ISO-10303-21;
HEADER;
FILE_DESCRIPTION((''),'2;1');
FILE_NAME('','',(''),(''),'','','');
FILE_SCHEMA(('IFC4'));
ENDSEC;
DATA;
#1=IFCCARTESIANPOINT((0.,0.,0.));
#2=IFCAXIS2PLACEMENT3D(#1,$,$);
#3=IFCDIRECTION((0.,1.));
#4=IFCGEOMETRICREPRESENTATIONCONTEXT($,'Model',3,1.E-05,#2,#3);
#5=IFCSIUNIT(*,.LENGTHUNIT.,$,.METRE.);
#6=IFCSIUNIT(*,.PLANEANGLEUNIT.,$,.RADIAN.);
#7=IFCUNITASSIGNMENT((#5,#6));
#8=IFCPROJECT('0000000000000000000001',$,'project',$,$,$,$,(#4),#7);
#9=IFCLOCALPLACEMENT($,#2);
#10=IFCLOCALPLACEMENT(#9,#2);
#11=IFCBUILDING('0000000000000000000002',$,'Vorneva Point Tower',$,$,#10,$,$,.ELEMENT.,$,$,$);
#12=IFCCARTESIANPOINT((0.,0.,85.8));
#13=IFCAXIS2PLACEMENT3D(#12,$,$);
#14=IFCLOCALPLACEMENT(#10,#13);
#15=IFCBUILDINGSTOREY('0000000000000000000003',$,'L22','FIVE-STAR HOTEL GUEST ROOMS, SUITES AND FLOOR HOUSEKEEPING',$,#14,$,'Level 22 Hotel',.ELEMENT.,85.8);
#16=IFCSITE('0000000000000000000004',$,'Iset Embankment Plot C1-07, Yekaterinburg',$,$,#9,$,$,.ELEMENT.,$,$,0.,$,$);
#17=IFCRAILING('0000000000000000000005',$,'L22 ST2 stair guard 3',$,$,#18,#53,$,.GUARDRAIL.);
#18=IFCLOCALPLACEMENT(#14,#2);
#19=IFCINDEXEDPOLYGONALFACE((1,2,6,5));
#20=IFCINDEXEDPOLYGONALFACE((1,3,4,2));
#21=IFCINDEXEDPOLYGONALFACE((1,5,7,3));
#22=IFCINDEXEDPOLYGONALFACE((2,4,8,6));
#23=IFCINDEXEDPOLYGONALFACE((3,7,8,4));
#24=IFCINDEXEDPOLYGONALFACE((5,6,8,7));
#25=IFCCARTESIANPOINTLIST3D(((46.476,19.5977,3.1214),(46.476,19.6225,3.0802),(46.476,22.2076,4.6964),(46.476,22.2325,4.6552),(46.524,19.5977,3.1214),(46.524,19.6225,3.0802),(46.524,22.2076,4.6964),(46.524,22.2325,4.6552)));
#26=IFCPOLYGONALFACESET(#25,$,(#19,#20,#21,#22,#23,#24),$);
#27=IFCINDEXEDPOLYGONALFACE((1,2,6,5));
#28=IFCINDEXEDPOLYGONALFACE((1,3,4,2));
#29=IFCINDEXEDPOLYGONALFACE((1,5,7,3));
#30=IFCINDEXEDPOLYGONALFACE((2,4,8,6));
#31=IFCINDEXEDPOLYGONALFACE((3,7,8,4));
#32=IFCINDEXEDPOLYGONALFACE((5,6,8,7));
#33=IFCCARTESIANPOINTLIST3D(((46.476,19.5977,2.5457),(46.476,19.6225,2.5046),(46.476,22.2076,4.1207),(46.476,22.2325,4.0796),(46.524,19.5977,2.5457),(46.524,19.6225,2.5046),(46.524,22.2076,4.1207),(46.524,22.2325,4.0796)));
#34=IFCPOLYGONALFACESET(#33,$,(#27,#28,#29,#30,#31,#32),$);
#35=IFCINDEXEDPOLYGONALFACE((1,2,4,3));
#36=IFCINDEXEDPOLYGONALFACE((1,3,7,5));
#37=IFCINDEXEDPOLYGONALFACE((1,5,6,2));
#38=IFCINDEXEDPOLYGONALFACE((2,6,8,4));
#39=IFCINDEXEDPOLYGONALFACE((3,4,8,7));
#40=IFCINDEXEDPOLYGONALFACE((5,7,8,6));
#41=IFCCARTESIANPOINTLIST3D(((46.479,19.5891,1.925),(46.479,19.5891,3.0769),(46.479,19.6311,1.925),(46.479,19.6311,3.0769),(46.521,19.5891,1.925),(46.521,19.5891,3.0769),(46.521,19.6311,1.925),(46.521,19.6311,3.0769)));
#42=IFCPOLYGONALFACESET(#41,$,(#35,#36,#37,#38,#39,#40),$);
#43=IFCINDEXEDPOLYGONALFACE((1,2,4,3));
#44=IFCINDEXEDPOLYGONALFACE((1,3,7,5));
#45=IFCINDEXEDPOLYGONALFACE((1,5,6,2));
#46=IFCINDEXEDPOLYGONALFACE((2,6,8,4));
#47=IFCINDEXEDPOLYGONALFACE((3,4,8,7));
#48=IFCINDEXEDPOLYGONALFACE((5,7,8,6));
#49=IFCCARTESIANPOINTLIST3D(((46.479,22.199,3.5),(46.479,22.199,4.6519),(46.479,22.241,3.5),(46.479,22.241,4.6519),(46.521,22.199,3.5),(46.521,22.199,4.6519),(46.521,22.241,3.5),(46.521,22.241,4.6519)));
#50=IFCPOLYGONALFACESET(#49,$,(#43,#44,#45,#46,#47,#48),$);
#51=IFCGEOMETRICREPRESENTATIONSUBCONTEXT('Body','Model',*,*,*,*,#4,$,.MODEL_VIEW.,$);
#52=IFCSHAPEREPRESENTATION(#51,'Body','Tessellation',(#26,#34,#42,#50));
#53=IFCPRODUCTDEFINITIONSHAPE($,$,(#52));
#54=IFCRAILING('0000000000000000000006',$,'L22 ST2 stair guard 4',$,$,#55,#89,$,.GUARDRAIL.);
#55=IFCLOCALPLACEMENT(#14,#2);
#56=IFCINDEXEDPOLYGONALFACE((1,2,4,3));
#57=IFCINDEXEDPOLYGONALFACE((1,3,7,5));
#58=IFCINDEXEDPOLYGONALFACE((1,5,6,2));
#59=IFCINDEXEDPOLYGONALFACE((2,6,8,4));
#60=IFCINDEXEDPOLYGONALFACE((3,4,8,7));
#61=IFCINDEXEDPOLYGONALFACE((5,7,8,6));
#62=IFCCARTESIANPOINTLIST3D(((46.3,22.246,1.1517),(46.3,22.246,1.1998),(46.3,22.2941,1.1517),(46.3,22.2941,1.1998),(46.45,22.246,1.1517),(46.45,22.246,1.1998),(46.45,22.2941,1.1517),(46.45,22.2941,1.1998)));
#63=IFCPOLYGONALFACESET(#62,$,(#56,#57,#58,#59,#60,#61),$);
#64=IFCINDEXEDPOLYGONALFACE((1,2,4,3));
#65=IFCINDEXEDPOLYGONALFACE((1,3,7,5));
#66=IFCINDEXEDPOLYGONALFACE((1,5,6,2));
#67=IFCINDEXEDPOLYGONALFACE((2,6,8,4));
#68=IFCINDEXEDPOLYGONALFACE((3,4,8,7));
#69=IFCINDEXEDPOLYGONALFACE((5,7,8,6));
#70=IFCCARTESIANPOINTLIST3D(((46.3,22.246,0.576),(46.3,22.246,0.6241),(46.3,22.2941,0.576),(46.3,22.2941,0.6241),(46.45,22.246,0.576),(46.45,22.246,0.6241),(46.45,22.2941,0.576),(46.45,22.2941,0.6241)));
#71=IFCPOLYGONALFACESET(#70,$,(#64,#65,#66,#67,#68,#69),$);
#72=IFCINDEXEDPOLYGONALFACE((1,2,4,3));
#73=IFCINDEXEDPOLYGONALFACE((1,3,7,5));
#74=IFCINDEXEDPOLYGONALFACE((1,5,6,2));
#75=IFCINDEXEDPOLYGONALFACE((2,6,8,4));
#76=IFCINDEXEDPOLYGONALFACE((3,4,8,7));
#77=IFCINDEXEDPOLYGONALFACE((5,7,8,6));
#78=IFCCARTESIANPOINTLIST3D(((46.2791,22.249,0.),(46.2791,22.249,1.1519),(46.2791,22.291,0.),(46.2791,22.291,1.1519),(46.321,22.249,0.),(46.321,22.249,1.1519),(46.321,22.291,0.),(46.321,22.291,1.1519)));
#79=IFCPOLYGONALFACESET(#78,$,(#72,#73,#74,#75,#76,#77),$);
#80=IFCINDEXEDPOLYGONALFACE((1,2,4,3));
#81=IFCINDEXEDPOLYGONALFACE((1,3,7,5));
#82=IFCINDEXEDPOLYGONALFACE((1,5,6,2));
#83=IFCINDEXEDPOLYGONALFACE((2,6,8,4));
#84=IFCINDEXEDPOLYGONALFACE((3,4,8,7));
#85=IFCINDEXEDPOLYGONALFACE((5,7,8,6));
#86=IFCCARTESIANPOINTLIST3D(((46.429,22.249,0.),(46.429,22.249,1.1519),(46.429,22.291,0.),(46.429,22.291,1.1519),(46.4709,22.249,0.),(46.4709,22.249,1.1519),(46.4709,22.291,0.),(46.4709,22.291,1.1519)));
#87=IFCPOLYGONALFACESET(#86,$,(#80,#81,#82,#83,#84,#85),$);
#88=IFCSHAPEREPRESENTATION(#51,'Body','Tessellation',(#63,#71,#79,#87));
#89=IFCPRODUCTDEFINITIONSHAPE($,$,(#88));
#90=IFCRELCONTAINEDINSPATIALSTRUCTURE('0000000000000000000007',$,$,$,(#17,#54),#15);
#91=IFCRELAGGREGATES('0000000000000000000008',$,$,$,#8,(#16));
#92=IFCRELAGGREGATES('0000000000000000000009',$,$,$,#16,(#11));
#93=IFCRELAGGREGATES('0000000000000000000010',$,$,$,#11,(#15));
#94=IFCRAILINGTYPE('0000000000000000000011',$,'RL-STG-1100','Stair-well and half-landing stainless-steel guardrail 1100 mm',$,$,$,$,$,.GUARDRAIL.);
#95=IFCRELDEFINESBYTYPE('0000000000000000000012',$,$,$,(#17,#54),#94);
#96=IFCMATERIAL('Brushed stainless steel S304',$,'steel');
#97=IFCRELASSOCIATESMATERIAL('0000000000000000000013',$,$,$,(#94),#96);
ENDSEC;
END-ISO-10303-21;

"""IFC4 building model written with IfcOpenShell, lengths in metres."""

from ifc_helpers import new_model, si_unit, direction, frame, origin, origin_2d, place, context, subcontext, project, spatial, rectangle, extrude, material, type_object, element, save


model = new_model("IFC4")

# Units and contexts
model_context = context("Model", 3, precision=1e-05, world=origin(), true_north=direction((0.0, 1.0)))
body_context = subcontext(model_context, "Body", "Model", "MODEL_VIEW")
ifc_project = project(units=[si_unit("LENGTHUNIT", "METRE"), si_unit("PLANEANGLEUNIT", "RADIAN")], contexts=[model_context])

# Site, building, storey
site_placement = place(None, origin())
site = spatial("IfcSite", under=ifc_project, at=site_placement, Name="Iset Embankment Plot C1-07, Yekaterinburg", CompositionType="ELEMENT", RefElevation=0.0)
building_placement = place(site_placement, origin())
building = spatial("IfcBuilding", under=site, at=building_placement, Name="Vorneva Point Tower", CompositionType="ELEMENT")
storey_placement = place(building_placement, frame((0.0, 0.0, 85.8)))
storey = spatial("IfcBuildingStorey", under=building, at=storey_placement, Name="L22", Description="FIVE-STAR HOTEL GUEST ROOMS, SUITES AND FLOOR HOUSEKEEPING", LongName="Level 22 Hotel", CompositionType="ELEMENT", Elevation=85.8)

# Shared definitions
ifc_material_1 = material(Name="Brushed stainless steel S304", Category="steel")

# Railings
railing_type_1 = type_object("IfcRailingType", Name="RL-STG-1100", Description="Stair-well and half-landing stainless-steel guardrail 1100 mm", PredefinedType="GUARDRAIL", material=ifc_material_1)
railing_1_placement = place(storey_placement, frame((46.5, 19.6101, 1.925)))
element("IfcRailing", 1, at=railing_1_placement, inside=storey, type_object=railing_type_1, Name="L22 ST2 stair guard 3", PredefinedType="GUARDRAIL", context=body_context, shape_type="SweptSolid", body=[
    extrude(rectangle(XDim=0.0481, YDim=0.0481, at=origin_2d()), frame((0.0, 0.0, 1.1758), z_axis=(0.0, 0.856183, 0.516673), x_axis=(-1.0, 0.0, 0.0)), (0.0, 0.0, 1.0), 3.0483),
    extrude(rectangle(XDim=0.0481, YDim=0.0481, at=origin_2d()), frame((0.0, 0.0, 0.6001), z_axis=(0.0, 0.856183, 0.516673), x_axis=(-1.0, 0.0, 0.0)), (0.0, 0.0, 1.0), 3.0483),
    extrude(rectangle(XDim=0.042, YDim=0.042, at=origin_2d()), origin(), (0.0, 0.0, 1.0), 1.1519),
    extrude(rectangle(XDim=0.042, YDim=0.042, at=origin_2d()), frame((0.0, 2.6099, 1.575)), (0.0, 0.0, 1.0), 1.1519),
])
railing_2_placement = place(storey_placement, frame((46.3, 22.27, 0.0)))
element("IfcRailing", 2, at=railing_2_placement, inside=storey, type_object=railing_type_1, Name="L22 ST2 stair guard 4", PredefinedType="GUARDRAIL", context=body_context, shape_type="SweptSolid", body=[
    extrude(rectangle(XDim=0.0481, YDim=0.0481, at=origin_2d()), frame((0.0, 0.0, 1.1758), z_axis=(1.0, 0.0, 0.0), x_axis=(0.0, 1.0, 0.0)), (0.0, 0.0, 1.0), 0.1499),
    extrude(rectangle(XDim=0.0481, YDim=0.0481, at=origin_2d()), frame((0.0, 0.0, 0.6001), z_axis=(1.0, 0.0, 0.0), x_axis=(0.0, 1.0, 0.0)), (0.0, 0.0, 1.0), 0.1499),
    extrude(rectangle(XDim=0.042, YDim=0.042, at=origin_2d()), origin(), (0.0, 0.0, 1.0), 1.1519),
    extrude(rectangle(XDim=0.042, YDim=0.042, at=origin_2d()), frame((0.1499, 0.0, 0.0)), (0.0, 0.0, 1.0), 1.1519),
])

save(model, "model.ifc")
